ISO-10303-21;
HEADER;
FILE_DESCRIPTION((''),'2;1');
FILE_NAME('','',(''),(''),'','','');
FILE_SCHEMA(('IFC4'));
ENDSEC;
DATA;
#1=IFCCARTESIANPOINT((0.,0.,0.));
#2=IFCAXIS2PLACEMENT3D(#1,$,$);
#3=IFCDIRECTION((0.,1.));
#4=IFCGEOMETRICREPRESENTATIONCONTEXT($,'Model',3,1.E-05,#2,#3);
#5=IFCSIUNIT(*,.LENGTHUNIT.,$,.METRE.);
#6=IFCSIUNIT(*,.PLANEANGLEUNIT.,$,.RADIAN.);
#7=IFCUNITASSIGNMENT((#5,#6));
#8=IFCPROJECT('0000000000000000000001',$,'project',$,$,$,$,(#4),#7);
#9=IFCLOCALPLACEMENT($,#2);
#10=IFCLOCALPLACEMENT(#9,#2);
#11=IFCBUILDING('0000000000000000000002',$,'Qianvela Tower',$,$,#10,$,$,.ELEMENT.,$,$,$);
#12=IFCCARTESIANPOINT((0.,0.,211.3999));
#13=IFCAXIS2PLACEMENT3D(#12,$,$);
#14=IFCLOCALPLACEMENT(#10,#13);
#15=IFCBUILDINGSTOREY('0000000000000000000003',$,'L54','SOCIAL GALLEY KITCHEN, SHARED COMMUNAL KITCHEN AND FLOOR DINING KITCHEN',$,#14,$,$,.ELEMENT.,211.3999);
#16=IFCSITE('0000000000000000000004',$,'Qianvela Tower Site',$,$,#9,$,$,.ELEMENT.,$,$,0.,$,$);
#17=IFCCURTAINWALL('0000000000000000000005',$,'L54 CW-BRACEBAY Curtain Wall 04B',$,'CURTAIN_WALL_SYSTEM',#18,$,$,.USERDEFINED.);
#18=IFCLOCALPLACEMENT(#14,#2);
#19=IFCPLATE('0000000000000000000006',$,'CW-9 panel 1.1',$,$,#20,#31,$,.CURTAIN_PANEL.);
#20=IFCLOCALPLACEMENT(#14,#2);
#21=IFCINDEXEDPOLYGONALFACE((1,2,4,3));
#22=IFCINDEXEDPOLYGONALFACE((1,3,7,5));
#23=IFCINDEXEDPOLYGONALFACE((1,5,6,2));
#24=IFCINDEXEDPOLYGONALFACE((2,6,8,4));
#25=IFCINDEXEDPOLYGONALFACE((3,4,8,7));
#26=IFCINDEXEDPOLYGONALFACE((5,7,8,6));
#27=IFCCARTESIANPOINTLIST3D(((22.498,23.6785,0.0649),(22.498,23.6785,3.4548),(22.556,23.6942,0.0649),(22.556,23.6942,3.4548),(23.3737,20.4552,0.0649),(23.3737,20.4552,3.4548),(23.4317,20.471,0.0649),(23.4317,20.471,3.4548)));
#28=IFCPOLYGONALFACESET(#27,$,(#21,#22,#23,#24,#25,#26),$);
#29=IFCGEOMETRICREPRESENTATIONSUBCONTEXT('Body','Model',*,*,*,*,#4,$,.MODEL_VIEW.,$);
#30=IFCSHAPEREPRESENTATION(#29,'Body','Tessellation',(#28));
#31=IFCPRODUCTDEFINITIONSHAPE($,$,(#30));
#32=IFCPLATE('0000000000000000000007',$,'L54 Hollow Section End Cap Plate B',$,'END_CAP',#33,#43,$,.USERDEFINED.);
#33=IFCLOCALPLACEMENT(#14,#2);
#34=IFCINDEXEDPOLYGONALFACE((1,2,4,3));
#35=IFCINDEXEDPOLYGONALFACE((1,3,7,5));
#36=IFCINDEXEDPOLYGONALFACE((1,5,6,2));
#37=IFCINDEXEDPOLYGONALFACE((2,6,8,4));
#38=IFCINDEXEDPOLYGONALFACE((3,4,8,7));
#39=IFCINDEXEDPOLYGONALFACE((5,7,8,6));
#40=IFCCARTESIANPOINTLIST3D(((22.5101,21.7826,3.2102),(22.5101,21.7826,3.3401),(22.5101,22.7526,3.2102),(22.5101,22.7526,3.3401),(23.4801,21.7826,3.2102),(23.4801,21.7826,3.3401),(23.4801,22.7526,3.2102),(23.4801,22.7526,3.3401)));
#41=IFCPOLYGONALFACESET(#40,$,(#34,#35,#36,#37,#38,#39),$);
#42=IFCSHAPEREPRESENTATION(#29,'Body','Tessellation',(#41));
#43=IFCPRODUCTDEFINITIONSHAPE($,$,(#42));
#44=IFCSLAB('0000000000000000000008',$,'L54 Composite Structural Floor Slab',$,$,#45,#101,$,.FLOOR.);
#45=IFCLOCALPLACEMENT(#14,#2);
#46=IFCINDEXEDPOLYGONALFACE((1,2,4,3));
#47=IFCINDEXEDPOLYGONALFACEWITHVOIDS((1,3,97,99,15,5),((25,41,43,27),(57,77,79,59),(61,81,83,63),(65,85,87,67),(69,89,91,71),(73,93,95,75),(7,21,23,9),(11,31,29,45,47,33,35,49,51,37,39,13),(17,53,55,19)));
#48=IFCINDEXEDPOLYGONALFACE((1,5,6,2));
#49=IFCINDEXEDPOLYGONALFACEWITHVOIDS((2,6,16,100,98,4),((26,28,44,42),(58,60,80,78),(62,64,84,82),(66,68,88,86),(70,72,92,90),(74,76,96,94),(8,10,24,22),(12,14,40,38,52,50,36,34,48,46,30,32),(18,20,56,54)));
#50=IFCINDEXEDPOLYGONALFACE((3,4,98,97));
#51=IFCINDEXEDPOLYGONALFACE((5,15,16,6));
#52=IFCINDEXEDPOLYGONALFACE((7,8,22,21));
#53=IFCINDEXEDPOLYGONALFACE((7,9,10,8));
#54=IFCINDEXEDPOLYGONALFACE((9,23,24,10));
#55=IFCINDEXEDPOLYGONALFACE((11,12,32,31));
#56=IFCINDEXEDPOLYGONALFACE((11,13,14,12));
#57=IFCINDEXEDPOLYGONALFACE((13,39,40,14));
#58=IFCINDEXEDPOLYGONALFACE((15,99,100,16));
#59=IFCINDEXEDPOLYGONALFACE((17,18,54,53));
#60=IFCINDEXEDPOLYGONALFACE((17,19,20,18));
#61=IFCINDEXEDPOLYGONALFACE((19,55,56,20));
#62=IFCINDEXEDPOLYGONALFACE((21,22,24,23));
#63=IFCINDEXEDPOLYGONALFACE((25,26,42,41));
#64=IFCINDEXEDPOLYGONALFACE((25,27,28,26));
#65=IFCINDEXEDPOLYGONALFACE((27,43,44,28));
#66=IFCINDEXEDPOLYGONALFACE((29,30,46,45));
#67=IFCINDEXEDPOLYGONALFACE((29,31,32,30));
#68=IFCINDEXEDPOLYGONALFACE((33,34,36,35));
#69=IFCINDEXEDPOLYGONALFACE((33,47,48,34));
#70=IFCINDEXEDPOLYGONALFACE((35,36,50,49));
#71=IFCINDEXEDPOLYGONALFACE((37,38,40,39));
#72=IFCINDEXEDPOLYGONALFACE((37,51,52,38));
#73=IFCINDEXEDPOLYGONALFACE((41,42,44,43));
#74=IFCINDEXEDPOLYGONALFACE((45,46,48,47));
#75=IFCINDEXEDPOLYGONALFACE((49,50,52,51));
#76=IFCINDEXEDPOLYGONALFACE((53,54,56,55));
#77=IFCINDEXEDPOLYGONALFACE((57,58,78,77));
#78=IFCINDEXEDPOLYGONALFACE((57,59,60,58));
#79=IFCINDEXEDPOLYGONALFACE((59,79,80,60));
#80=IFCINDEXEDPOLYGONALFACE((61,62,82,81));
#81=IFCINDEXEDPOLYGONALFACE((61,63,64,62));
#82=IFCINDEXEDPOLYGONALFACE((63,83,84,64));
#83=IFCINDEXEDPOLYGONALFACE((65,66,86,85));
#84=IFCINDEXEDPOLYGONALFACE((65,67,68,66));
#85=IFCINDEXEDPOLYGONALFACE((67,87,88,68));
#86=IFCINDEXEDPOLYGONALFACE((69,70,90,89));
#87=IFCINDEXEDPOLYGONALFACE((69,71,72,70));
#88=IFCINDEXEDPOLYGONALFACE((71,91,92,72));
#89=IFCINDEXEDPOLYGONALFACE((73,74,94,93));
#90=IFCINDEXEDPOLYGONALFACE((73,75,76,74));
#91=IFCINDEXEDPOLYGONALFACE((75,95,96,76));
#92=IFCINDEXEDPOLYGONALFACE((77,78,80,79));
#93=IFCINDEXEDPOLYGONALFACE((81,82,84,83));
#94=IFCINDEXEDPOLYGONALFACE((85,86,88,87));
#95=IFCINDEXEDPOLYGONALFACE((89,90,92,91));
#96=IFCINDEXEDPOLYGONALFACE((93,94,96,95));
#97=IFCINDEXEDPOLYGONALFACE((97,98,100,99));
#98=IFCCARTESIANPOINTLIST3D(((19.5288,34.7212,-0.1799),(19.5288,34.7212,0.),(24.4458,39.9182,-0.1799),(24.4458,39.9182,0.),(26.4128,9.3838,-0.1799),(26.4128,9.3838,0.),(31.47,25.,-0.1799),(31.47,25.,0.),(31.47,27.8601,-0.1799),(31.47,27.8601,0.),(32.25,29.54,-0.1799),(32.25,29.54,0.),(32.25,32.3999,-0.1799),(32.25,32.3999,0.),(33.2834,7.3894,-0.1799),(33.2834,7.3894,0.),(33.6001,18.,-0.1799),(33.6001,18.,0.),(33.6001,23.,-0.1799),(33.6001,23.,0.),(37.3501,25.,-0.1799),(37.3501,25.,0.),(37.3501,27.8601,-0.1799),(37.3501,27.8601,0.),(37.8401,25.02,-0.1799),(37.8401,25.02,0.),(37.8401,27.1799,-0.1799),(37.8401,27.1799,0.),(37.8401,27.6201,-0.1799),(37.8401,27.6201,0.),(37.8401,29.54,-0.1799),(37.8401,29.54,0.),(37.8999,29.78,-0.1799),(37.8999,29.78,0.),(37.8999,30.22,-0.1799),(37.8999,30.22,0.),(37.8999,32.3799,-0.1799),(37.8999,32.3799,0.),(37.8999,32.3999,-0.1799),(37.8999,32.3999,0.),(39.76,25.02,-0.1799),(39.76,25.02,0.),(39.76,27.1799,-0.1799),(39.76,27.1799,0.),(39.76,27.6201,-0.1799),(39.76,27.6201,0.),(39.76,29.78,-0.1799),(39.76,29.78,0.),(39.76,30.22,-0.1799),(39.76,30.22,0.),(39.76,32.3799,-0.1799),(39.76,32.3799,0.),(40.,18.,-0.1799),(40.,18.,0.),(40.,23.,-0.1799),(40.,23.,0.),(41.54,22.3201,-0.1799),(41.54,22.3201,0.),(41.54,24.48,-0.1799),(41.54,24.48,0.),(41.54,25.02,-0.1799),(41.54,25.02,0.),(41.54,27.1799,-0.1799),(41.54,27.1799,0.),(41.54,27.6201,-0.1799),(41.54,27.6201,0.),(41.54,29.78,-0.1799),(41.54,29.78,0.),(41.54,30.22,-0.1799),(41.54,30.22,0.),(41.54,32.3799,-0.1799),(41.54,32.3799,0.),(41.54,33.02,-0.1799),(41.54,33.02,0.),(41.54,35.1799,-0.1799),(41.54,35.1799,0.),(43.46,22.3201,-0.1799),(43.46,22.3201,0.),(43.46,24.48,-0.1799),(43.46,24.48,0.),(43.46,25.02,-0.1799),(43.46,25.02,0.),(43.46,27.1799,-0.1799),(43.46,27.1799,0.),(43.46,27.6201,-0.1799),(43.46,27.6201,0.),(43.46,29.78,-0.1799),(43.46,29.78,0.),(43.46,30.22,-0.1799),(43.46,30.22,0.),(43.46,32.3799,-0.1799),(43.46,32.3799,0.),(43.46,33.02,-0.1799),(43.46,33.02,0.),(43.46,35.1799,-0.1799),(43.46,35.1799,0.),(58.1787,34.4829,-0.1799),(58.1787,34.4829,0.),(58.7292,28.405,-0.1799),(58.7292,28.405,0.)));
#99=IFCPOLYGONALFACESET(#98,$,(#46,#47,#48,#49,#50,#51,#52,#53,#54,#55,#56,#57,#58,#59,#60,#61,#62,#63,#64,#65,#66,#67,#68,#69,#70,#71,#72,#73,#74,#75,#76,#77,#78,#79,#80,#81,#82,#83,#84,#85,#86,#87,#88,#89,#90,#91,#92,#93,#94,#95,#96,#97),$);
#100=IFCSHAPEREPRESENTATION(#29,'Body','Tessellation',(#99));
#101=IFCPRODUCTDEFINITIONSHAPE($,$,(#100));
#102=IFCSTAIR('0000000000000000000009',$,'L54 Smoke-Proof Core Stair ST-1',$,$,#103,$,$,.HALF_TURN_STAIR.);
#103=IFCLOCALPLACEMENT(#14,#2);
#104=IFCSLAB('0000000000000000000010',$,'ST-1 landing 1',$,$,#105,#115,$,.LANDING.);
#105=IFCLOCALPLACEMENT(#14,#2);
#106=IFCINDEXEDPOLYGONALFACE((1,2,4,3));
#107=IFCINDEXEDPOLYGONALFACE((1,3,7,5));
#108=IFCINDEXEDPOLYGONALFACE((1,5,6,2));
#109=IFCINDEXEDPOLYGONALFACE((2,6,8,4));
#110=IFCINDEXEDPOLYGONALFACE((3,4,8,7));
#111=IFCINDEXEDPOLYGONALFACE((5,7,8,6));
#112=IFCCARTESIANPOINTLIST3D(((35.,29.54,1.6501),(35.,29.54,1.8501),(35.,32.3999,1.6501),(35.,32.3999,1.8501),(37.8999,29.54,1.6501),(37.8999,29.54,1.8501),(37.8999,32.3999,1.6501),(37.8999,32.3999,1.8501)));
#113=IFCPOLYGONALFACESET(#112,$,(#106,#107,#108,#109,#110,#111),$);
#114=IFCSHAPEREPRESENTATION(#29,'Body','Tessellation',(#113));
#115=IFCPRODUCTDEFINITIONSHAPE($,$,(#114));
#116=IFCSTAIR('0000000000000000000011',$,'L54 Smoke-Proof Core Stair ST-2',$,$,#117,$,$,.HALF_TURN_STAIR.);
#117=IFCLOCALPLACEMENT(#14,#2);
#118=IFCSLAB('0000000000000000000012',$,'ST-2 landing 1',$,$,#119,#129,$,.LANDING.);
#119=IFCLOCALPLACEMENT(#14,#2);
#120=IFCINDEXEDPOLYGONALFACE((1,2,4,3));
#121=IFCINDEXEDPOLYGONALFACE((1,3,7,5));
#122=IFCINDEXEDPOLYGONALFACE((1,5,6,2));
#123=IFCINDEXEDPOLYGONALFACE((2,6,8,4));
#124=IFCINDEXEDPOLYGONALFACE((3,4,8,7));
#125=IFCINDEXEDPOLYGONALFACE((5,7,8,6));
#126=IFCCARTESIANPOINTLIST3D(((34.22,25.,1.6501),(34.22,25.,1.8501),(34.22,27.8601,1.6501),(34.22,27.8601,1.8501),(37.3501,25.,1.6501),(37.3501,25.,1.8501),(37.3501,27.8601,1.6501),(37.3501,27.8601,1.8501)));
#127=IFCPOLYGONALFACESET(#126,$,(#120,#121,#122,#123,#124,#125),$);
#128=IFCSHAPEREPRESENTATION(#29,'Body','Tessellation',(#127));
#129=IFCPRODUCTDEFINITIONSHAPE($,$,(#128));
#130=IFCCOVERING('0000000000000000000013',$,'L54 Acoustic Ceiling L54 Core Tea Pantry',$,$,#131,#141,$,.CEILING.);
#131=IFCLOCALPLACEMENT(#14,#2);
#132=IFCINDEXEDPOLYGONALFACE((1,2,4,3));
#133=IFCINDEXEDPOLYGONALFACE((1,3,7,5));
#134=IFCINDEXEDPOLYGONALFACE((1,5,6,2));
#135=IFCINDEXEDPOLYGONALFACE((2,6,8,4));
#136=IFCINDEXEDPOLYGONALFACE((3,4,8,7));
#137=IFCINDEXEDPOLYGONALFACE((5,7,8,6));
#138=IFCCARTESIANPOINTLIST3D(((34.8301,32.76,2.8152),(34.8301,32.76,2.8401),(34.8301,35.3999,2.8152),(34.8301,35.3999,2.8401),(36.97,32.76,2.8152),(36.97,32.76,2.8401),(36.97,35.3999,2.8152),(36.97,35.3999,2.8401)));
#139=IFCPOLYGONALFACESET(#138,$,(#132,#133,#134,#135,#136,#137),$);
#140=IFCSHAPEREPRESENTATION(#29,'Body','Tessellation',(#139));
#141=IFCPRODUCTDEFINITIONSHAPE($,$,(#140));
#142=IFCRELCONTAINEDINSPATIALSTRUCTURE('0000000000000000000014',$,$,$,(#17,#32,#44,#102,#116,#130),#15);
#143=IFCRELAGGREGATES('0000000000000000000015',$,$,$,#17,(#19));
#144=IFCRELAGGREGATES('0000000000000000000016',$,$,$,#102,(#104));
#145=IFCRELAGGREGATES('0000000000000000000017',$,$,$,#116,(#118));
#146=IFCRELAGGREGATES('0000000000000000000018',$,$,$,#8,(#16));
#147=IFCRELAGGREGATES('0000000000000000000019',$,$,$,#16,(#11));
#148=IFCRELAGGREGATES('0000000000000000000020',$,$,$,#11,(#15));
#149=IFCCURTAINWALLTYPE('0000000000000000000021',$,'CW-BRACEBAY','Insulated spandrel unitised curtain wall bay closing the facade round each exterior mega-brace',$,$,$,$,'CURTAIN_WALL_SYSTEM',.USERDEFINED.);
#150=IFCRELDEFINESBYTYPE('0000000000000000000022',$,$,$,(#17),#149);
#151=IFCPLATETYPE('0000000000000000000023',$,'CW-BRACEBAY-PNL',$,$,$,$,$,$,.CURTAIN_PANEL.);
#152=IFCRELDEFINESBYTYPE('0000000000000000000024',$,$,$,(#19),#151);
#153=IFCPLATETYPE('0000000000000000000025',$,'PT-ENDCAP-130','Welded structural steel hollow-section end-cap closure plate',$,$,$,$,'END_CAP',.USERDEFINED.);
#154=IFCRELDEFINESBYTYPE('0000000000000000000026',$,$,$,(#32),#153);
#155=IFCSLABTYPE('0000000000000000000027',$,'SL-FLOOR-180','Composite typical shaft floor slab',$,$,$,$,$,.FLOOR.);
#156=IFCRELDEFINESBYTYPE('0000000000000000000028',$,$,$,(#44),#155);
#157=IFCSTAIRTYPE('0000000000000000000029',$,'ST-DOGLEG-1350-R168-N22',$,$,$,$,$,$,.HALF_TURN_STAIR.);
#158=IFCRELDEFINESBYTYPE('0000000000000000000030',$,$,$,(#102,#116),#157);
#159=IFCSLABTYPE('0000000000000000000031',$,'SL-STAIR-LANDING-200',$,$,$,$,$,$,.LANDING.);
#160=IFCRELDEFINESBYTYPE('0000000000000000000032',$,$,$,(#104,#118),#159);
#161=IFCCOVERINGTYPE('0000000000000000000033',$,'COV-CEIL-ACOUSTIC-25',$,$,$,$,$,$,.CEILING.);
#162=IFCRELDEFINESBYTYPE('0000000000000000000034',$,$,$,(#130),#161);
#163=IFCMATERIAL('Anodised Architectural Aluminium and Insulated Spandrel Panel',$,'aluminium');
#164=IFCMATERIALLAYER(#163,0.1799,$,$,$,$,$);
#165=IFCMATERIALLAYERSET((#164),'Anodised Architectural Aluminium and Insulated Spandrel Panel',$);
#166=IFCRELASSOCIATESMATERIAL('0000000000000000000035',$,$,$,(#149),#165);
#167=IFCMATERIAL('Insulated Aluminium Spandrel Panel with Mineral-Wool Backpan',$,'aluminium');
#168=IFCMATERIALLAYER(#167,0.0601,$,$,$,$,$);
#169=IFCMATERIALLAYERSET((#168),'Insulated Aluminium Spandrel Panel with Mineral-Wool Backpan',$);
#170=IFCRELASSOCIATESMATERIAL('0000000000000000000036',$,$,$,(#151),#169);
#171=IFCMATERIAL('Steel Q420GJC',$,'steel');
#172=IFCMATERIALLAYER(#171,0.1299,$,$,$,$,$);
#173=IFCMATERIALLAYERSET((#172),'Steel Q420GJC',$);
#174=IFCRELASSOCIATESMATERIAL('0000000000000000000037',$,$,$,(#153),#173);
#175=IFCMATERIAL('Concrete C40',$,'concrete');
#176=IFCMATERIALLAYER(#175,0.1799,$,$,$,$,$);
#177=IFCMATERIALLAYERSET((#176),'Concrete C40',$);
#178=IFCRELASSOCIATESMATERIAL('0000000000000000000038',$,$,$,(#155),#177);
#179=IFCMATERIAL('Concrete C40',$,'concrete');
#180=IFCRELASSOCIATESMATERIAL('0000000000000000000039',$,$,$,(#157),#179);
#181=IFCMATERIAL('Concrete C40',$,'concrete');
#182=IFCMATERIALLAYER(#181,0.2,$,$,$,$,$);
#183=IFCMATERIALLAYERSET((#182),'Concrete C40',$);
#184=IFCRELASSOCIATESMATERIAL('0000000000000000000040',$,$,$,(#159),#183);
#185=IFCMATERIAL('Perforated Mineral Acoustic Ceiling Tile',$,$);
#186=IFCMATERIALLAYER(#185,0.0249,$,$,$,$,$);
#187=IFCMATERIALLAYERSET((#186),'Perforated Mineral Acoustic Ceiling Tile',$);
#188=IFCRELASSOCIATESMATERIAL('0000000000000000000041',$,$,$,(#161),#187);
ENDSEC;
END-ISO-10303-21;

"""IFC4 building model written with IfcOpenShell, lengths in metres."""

from ifc_helpers import new_model, si_unit, direction, frame, origin, origin_2d, place, context, subcontext, project, spatial, polyline, rectangle, outline, extrude, material, layer, layer_set, type_object, element, aggregate, save


model = new_model("IFC4")

# Units and contexts
model_context = context("Model", 3, precision=1e-05, world=origin(), true_north=direction((0.0, 1.0)))
body_context = subcontext(model_context, "Body", "Model", "MODEL_VIEW")
ifc_project = project(units=[si_unit("LENGTHUNIT", "METRE"), si_unit("PLANEANGLEUNIT", "RADIAN")], contexts=[model_context])

# Site, building, storey
site_placement = place(None, origin())
site = spatial("IfcSite", under=ifc_project, at=site_placement, Name="Qianvela Tower Site", CompositionType="ELEMENT", RefElevation=0.0)
building_placement = place(site_placement, origin())
building = spatial("IfcBuilding", under=site, at=building_placement, Name="Qianvela Tower", CompositionType="ELEMENT")
storey_placement = place(building_placement, frame((0.0, 0.0, 211.3999)))
storey = spatial("IfcBuildingStorey", under=building, at=storey_placement, Name="L54", Description="SOCIAL GALLEY KITCHEN, SHARED COMMUNAL KITCHEN AND FLOOR DINING KITCHEN", CompositionType="ELEMENT", Elevation=211.3999)

# Curtain wall
ifc_material_1 = material(Name="Anodised Architectural Aluminium and Insulated Spandrel Panel", Category="aluminium")
ifc_layer_1 = layer(ifc_material_1, 0.1799)
ifc_layer_set_1 = layer_set([ifc_layer_1], Name="Anodised Architectural Aluminium and Insulated Spandrel Panel")
curtain_wall_type_1 = type_object("IfcCurtainWallType", Name="CW-BRACEBAY", Description="Insulated spandrel unitised curtain wall bay closing the facade round each exterior mega-brace", ElementType="CURTAIN_WALL_SYSTEM", PredefinedType="USERDEFINED", material=ifc_layer_set_1)
curtain_wall_1_placement = place(storey_placement, origin())
curtain_wall_1 = element("IfcCurtainWall", 1, at=curtain_wall_1_placement, inside=storey, type_object=curtain_wall_type_1, Name="L54 CW-BRACEBAY Curtain Wall 04B", ObjectType="CURTAIN_WALL_SYSTEM", PredefinedType="USERDEFINED")

# Plates
ifc_material_2 = material(Name="Insulated Aluminium Spandrel Panel with Mineral-Wool Backpan", Category="aluminium")
ifc_layer_2 = layer(ifc_material_2, 0.0601)
ifc_layer_set_2 = layer_set([ifc_layer_2], Name="Insulated Aluminium Spandrel Panel with Mineral-Wool Backpan")
plate_type_1 = type_object("IfcPlateType", Name="CW-BRACEBAY-PNL", PredefinedType="CURTAIN_PANEL", material=ifc_layer_set_2)
plate_1_placement = place(storey_placement, frame((22.9648, 22.0747, 0.0649), z_axis=(0.0, 0.0, 1.0), x_axis=(0.262191, -0.965016, 0.0)))
plate_1 = element("IfcPlate", 2, at=plate_1_placement, type_object=plate_type_1, Name="CW-9 panel 1.1", PredefinedType="CURTAIN_PANEL", context=body_context, shape_type="SweptSolid", body=[
    extrude(rectangle(XDim=3.3401, YDim=0.0601, at=origin_2d()), origin(), (0.0, 0.0, 1.0), 3.3899),
])
aggregate(curtain_wall_1, [plate_1])
ifc_material_3 = material(Name="Steel Q420GJC", Category="steel")
ifc_layer_3 = layer(ifc_material_3, 0.1299)
ifc_layer_set_3 = layer_set([ifc_layer_3], Name="Steel Q420GJC")
plate_type_2 = type_object("IfcPlateType", Name="PT-ENDCAP-130", Description="Welded structural steel hollow-section end-cap closure plate", ElementType="END_CAP", PredefinedType="USERDEFINED", material=ifc_layer_set_3)
plate_2_placement = place(storey_placement, frame((22.9951, 22.2676, 3.2102), z_axis=(0.0, 0.0, 1.0), x_axis=(1.0, 0.0, 0.0)))
element("IfcPlate", 3, at=plate_2_placement, inside=storey, type_object=plate_type_2, Name="L54 Hollow Section End Cap Plate B", ObjectType="END_CAP", PredefinedType="USERDEFINED", context=body_context, shape_type="SweptSolid", body=[
    extrude(rectangle(XDim=0.97, YDim=0.97, at=origin_2d()), origin(), (0.0, 0.0, 1.0), 0.1299),
])

# Slab
ifc_material_4 = material(Name="Concrete C40", Category="concrete")
ifc_layer_4 = layer(ifc_material_4, 0.1799)
ifc_layer_set_4 = layer_set([ifc_layer_4], Name="Concrete C40")
slab_type_1 = type_object("IfcSlabType", Name="SL-FLOOR-180", Description="Composite typical shaft floor slab", PredefinedType="FLOOR", material=ifc_layer_set_4)
slab_1_placement = place(storey_placement, frame((0.0, 0.0, -0.1799)))
element("IfcSlab", 4, at=slab_1_placement, inside=storey, type_object=slab_type_1, Name="L54 Composite Structural Floor Slab", PredefinedType="FLOOR", context=body_context, shape_type="SweptSolid", body=[
    extrude(outline(polyline([(58.7292, 28.405), (58.1787, 34.4829), (24.4458, 39.9182), (19.5288, 34.7212), (26.4128, 9.3838), (33.2834, 7.3894), (58.7292, 28.405)]), holes=[polyline([(40.0, 23.0), (33.6001, 23.0), (33.6001, 18.0), (40.0, 18.0), (40.0, 23.0)]), polyline([(39.76, 27.1799), (37.8401, 27.1799), (37.8401, 25.02), (39.76, 25.02), (39.76, 27.1799)]), polyline([(37.3501, 27.8601), (31.47, 27.8601), (31.47, 25.0), (37.3501, 25.0), (37.3501, 27.8601)]), polyline([(37.8401, 27.6201), (39.76, 27.6201), (39.76, 29.78), (37.8999, 29.78), (37.8999, 30.22), (39.76, 30.22), (39.76, 32.3799), (37.8999, 32.3799), (37.8999, 32.3999), (32.25, 32.3999), (32.25, 29.54), (37.8401, 29.54), (37.8401, 27.6201)]), polyline([(43.46, 22.3201), (43.46, 24.48), (41.54, 24.48), (41.54, 22.3201), (43.46, 22.3201)]), polyline([(43.46, 25.02), (43.46, 27.1799), (41.54, 27.1799), (41.54, 25.02), (43.46, 25.02)]), polyline([(43.46, 29.78), (41.54, 29.78), (41.54, 27.6201), (43.46, 27.6201), (43.46, 29.78)]), polyline([(43.46, 30.22), (43.46, 32.3799), (41.54, 32.3799), (41.54, 30.22), (43.46, 30.22)]), polyline([(43.46, 33.02), (43.46, 35.1799), (41.54, 35.1799), (41.54, 33.02), (43.46, 33.02)])]), origin(), (0.0, 0.0, 1.0), 0.1799),
])

# Stairs, slabs
ifc_material_5 = material(Name="Concrete C40", Category="concrete")
stair_type = type_object("IfcStairType", Name="ST-DOGLEG-1350-R168-N22", PredefinedType="HALF_TURN_STAIR", material=ifc_material_5)
stair_1_placement = place(storey_placement, origin())
stair_1 = element("IfcStair", 5, at=stair_1_placement, inside=storey, type_object=stair_type, Name="L54 Smoke-Proof Core Stair ST-1", PredefinedType="HALF_TURN_STAIR")
ifc_material_6 = material(Name="Concrete C40", Category="concrete")
ifc_layer_5 = layer(ifc_material_6, 0.2)
ifc_layer_set_5 = layer_set([ifc_layer_5], Name="Concrete C40")
slab_type_2 = type_object("IfcSlabType", Name="SL-STAIR-LANDING-200", PredefinedType="LANDING", material=ifc_layer_set_5)
slab_2_placement = place(storey_placement, frame((0.0, 0.0, 1.6501)))
slab_2 = element("IfcSlab", 6, at=slab_2_placement, type_object=slab_type_2, Name="ST-1 landing 1", PredefinedType="LANDING", context=body_context, shape_type="SweptSolid", body=[
    extrude(outline(polyline([(35.0, 29.54), (37.8999, 29.54), (37.8999, 32.3999), (35.0, 32.3999), (35.0, 29.54)])), origin(), (0.0, 0.0, 1.0), 0.2),
])
aggregate(stair_1, [slab_2])
stair_2_placement = place(storey_placement, origin())
stair_2 = element("IfcStair", 7, at=stair_2_placement, inside=storey, type_object=stair_type, Name="L54 Smoke-Proof Core Stair ST-2", PredefinedType="HALF_TURN_STAIR")
slab_3_placement = place(storey_placement, frame((0.0, 0.0, 1.6501)))
slab_3 = element("IfcSlab", 8, at=slab_3_placement, type_object=slab_type_2, Name="ST-2 landing 1", PredefinedType="LANDING", context=body_context, shape_type="SweptSolid", body=[
    extrude(outline(polyline([(34.22, 25.0), (37.3501, 25.0), (37.3501, 27.8601), (34.22, 27.8601), (34.22, 25.0)])), origin(), (0.0, 0.0, 1.0), 0.2),
])
aggregate(stair_2, [slab_3])

# Covering
ifc_material_7 = material(Name="Perforated Mineral Acoustic Ceiling Tile")
ifc_layer_6 = layer(ifc_material_7, 0.0249)
ifc_layer_set_6 = layer_set([ifc_layer_6], Name="Perforated Mineral Acoustic Ceiling Tile")
covering_type_1 = type_object("IfcCoveringType", Name="COV-CEIL-ACOUSTIC-25", PredefinedType="CEILING", material=ifc_layer_set_6)
covering_1_placement = place(storey_placement, frame((0.0, 0.0, 2.8152)))
element("IfcCovering", 9, at=covering_1_placement, inside=storey, type_object=covering_type_1, Name="L54 Acoustic Ceiling L54 Core Tea Pantry", PredefinedType="CEILING", context=body_context, shape_type="SweptSolid", body=[
    extrude(outline(polyline([(36.97, 32.76), (34.8301, 32.76), (34.8301, 35.3999), (36.97, 35.3999), (36.97, 32.76)])), origin(), (0.0, 0.0, 1.0), 0.0249),
])

save(model, "model.ifc")
